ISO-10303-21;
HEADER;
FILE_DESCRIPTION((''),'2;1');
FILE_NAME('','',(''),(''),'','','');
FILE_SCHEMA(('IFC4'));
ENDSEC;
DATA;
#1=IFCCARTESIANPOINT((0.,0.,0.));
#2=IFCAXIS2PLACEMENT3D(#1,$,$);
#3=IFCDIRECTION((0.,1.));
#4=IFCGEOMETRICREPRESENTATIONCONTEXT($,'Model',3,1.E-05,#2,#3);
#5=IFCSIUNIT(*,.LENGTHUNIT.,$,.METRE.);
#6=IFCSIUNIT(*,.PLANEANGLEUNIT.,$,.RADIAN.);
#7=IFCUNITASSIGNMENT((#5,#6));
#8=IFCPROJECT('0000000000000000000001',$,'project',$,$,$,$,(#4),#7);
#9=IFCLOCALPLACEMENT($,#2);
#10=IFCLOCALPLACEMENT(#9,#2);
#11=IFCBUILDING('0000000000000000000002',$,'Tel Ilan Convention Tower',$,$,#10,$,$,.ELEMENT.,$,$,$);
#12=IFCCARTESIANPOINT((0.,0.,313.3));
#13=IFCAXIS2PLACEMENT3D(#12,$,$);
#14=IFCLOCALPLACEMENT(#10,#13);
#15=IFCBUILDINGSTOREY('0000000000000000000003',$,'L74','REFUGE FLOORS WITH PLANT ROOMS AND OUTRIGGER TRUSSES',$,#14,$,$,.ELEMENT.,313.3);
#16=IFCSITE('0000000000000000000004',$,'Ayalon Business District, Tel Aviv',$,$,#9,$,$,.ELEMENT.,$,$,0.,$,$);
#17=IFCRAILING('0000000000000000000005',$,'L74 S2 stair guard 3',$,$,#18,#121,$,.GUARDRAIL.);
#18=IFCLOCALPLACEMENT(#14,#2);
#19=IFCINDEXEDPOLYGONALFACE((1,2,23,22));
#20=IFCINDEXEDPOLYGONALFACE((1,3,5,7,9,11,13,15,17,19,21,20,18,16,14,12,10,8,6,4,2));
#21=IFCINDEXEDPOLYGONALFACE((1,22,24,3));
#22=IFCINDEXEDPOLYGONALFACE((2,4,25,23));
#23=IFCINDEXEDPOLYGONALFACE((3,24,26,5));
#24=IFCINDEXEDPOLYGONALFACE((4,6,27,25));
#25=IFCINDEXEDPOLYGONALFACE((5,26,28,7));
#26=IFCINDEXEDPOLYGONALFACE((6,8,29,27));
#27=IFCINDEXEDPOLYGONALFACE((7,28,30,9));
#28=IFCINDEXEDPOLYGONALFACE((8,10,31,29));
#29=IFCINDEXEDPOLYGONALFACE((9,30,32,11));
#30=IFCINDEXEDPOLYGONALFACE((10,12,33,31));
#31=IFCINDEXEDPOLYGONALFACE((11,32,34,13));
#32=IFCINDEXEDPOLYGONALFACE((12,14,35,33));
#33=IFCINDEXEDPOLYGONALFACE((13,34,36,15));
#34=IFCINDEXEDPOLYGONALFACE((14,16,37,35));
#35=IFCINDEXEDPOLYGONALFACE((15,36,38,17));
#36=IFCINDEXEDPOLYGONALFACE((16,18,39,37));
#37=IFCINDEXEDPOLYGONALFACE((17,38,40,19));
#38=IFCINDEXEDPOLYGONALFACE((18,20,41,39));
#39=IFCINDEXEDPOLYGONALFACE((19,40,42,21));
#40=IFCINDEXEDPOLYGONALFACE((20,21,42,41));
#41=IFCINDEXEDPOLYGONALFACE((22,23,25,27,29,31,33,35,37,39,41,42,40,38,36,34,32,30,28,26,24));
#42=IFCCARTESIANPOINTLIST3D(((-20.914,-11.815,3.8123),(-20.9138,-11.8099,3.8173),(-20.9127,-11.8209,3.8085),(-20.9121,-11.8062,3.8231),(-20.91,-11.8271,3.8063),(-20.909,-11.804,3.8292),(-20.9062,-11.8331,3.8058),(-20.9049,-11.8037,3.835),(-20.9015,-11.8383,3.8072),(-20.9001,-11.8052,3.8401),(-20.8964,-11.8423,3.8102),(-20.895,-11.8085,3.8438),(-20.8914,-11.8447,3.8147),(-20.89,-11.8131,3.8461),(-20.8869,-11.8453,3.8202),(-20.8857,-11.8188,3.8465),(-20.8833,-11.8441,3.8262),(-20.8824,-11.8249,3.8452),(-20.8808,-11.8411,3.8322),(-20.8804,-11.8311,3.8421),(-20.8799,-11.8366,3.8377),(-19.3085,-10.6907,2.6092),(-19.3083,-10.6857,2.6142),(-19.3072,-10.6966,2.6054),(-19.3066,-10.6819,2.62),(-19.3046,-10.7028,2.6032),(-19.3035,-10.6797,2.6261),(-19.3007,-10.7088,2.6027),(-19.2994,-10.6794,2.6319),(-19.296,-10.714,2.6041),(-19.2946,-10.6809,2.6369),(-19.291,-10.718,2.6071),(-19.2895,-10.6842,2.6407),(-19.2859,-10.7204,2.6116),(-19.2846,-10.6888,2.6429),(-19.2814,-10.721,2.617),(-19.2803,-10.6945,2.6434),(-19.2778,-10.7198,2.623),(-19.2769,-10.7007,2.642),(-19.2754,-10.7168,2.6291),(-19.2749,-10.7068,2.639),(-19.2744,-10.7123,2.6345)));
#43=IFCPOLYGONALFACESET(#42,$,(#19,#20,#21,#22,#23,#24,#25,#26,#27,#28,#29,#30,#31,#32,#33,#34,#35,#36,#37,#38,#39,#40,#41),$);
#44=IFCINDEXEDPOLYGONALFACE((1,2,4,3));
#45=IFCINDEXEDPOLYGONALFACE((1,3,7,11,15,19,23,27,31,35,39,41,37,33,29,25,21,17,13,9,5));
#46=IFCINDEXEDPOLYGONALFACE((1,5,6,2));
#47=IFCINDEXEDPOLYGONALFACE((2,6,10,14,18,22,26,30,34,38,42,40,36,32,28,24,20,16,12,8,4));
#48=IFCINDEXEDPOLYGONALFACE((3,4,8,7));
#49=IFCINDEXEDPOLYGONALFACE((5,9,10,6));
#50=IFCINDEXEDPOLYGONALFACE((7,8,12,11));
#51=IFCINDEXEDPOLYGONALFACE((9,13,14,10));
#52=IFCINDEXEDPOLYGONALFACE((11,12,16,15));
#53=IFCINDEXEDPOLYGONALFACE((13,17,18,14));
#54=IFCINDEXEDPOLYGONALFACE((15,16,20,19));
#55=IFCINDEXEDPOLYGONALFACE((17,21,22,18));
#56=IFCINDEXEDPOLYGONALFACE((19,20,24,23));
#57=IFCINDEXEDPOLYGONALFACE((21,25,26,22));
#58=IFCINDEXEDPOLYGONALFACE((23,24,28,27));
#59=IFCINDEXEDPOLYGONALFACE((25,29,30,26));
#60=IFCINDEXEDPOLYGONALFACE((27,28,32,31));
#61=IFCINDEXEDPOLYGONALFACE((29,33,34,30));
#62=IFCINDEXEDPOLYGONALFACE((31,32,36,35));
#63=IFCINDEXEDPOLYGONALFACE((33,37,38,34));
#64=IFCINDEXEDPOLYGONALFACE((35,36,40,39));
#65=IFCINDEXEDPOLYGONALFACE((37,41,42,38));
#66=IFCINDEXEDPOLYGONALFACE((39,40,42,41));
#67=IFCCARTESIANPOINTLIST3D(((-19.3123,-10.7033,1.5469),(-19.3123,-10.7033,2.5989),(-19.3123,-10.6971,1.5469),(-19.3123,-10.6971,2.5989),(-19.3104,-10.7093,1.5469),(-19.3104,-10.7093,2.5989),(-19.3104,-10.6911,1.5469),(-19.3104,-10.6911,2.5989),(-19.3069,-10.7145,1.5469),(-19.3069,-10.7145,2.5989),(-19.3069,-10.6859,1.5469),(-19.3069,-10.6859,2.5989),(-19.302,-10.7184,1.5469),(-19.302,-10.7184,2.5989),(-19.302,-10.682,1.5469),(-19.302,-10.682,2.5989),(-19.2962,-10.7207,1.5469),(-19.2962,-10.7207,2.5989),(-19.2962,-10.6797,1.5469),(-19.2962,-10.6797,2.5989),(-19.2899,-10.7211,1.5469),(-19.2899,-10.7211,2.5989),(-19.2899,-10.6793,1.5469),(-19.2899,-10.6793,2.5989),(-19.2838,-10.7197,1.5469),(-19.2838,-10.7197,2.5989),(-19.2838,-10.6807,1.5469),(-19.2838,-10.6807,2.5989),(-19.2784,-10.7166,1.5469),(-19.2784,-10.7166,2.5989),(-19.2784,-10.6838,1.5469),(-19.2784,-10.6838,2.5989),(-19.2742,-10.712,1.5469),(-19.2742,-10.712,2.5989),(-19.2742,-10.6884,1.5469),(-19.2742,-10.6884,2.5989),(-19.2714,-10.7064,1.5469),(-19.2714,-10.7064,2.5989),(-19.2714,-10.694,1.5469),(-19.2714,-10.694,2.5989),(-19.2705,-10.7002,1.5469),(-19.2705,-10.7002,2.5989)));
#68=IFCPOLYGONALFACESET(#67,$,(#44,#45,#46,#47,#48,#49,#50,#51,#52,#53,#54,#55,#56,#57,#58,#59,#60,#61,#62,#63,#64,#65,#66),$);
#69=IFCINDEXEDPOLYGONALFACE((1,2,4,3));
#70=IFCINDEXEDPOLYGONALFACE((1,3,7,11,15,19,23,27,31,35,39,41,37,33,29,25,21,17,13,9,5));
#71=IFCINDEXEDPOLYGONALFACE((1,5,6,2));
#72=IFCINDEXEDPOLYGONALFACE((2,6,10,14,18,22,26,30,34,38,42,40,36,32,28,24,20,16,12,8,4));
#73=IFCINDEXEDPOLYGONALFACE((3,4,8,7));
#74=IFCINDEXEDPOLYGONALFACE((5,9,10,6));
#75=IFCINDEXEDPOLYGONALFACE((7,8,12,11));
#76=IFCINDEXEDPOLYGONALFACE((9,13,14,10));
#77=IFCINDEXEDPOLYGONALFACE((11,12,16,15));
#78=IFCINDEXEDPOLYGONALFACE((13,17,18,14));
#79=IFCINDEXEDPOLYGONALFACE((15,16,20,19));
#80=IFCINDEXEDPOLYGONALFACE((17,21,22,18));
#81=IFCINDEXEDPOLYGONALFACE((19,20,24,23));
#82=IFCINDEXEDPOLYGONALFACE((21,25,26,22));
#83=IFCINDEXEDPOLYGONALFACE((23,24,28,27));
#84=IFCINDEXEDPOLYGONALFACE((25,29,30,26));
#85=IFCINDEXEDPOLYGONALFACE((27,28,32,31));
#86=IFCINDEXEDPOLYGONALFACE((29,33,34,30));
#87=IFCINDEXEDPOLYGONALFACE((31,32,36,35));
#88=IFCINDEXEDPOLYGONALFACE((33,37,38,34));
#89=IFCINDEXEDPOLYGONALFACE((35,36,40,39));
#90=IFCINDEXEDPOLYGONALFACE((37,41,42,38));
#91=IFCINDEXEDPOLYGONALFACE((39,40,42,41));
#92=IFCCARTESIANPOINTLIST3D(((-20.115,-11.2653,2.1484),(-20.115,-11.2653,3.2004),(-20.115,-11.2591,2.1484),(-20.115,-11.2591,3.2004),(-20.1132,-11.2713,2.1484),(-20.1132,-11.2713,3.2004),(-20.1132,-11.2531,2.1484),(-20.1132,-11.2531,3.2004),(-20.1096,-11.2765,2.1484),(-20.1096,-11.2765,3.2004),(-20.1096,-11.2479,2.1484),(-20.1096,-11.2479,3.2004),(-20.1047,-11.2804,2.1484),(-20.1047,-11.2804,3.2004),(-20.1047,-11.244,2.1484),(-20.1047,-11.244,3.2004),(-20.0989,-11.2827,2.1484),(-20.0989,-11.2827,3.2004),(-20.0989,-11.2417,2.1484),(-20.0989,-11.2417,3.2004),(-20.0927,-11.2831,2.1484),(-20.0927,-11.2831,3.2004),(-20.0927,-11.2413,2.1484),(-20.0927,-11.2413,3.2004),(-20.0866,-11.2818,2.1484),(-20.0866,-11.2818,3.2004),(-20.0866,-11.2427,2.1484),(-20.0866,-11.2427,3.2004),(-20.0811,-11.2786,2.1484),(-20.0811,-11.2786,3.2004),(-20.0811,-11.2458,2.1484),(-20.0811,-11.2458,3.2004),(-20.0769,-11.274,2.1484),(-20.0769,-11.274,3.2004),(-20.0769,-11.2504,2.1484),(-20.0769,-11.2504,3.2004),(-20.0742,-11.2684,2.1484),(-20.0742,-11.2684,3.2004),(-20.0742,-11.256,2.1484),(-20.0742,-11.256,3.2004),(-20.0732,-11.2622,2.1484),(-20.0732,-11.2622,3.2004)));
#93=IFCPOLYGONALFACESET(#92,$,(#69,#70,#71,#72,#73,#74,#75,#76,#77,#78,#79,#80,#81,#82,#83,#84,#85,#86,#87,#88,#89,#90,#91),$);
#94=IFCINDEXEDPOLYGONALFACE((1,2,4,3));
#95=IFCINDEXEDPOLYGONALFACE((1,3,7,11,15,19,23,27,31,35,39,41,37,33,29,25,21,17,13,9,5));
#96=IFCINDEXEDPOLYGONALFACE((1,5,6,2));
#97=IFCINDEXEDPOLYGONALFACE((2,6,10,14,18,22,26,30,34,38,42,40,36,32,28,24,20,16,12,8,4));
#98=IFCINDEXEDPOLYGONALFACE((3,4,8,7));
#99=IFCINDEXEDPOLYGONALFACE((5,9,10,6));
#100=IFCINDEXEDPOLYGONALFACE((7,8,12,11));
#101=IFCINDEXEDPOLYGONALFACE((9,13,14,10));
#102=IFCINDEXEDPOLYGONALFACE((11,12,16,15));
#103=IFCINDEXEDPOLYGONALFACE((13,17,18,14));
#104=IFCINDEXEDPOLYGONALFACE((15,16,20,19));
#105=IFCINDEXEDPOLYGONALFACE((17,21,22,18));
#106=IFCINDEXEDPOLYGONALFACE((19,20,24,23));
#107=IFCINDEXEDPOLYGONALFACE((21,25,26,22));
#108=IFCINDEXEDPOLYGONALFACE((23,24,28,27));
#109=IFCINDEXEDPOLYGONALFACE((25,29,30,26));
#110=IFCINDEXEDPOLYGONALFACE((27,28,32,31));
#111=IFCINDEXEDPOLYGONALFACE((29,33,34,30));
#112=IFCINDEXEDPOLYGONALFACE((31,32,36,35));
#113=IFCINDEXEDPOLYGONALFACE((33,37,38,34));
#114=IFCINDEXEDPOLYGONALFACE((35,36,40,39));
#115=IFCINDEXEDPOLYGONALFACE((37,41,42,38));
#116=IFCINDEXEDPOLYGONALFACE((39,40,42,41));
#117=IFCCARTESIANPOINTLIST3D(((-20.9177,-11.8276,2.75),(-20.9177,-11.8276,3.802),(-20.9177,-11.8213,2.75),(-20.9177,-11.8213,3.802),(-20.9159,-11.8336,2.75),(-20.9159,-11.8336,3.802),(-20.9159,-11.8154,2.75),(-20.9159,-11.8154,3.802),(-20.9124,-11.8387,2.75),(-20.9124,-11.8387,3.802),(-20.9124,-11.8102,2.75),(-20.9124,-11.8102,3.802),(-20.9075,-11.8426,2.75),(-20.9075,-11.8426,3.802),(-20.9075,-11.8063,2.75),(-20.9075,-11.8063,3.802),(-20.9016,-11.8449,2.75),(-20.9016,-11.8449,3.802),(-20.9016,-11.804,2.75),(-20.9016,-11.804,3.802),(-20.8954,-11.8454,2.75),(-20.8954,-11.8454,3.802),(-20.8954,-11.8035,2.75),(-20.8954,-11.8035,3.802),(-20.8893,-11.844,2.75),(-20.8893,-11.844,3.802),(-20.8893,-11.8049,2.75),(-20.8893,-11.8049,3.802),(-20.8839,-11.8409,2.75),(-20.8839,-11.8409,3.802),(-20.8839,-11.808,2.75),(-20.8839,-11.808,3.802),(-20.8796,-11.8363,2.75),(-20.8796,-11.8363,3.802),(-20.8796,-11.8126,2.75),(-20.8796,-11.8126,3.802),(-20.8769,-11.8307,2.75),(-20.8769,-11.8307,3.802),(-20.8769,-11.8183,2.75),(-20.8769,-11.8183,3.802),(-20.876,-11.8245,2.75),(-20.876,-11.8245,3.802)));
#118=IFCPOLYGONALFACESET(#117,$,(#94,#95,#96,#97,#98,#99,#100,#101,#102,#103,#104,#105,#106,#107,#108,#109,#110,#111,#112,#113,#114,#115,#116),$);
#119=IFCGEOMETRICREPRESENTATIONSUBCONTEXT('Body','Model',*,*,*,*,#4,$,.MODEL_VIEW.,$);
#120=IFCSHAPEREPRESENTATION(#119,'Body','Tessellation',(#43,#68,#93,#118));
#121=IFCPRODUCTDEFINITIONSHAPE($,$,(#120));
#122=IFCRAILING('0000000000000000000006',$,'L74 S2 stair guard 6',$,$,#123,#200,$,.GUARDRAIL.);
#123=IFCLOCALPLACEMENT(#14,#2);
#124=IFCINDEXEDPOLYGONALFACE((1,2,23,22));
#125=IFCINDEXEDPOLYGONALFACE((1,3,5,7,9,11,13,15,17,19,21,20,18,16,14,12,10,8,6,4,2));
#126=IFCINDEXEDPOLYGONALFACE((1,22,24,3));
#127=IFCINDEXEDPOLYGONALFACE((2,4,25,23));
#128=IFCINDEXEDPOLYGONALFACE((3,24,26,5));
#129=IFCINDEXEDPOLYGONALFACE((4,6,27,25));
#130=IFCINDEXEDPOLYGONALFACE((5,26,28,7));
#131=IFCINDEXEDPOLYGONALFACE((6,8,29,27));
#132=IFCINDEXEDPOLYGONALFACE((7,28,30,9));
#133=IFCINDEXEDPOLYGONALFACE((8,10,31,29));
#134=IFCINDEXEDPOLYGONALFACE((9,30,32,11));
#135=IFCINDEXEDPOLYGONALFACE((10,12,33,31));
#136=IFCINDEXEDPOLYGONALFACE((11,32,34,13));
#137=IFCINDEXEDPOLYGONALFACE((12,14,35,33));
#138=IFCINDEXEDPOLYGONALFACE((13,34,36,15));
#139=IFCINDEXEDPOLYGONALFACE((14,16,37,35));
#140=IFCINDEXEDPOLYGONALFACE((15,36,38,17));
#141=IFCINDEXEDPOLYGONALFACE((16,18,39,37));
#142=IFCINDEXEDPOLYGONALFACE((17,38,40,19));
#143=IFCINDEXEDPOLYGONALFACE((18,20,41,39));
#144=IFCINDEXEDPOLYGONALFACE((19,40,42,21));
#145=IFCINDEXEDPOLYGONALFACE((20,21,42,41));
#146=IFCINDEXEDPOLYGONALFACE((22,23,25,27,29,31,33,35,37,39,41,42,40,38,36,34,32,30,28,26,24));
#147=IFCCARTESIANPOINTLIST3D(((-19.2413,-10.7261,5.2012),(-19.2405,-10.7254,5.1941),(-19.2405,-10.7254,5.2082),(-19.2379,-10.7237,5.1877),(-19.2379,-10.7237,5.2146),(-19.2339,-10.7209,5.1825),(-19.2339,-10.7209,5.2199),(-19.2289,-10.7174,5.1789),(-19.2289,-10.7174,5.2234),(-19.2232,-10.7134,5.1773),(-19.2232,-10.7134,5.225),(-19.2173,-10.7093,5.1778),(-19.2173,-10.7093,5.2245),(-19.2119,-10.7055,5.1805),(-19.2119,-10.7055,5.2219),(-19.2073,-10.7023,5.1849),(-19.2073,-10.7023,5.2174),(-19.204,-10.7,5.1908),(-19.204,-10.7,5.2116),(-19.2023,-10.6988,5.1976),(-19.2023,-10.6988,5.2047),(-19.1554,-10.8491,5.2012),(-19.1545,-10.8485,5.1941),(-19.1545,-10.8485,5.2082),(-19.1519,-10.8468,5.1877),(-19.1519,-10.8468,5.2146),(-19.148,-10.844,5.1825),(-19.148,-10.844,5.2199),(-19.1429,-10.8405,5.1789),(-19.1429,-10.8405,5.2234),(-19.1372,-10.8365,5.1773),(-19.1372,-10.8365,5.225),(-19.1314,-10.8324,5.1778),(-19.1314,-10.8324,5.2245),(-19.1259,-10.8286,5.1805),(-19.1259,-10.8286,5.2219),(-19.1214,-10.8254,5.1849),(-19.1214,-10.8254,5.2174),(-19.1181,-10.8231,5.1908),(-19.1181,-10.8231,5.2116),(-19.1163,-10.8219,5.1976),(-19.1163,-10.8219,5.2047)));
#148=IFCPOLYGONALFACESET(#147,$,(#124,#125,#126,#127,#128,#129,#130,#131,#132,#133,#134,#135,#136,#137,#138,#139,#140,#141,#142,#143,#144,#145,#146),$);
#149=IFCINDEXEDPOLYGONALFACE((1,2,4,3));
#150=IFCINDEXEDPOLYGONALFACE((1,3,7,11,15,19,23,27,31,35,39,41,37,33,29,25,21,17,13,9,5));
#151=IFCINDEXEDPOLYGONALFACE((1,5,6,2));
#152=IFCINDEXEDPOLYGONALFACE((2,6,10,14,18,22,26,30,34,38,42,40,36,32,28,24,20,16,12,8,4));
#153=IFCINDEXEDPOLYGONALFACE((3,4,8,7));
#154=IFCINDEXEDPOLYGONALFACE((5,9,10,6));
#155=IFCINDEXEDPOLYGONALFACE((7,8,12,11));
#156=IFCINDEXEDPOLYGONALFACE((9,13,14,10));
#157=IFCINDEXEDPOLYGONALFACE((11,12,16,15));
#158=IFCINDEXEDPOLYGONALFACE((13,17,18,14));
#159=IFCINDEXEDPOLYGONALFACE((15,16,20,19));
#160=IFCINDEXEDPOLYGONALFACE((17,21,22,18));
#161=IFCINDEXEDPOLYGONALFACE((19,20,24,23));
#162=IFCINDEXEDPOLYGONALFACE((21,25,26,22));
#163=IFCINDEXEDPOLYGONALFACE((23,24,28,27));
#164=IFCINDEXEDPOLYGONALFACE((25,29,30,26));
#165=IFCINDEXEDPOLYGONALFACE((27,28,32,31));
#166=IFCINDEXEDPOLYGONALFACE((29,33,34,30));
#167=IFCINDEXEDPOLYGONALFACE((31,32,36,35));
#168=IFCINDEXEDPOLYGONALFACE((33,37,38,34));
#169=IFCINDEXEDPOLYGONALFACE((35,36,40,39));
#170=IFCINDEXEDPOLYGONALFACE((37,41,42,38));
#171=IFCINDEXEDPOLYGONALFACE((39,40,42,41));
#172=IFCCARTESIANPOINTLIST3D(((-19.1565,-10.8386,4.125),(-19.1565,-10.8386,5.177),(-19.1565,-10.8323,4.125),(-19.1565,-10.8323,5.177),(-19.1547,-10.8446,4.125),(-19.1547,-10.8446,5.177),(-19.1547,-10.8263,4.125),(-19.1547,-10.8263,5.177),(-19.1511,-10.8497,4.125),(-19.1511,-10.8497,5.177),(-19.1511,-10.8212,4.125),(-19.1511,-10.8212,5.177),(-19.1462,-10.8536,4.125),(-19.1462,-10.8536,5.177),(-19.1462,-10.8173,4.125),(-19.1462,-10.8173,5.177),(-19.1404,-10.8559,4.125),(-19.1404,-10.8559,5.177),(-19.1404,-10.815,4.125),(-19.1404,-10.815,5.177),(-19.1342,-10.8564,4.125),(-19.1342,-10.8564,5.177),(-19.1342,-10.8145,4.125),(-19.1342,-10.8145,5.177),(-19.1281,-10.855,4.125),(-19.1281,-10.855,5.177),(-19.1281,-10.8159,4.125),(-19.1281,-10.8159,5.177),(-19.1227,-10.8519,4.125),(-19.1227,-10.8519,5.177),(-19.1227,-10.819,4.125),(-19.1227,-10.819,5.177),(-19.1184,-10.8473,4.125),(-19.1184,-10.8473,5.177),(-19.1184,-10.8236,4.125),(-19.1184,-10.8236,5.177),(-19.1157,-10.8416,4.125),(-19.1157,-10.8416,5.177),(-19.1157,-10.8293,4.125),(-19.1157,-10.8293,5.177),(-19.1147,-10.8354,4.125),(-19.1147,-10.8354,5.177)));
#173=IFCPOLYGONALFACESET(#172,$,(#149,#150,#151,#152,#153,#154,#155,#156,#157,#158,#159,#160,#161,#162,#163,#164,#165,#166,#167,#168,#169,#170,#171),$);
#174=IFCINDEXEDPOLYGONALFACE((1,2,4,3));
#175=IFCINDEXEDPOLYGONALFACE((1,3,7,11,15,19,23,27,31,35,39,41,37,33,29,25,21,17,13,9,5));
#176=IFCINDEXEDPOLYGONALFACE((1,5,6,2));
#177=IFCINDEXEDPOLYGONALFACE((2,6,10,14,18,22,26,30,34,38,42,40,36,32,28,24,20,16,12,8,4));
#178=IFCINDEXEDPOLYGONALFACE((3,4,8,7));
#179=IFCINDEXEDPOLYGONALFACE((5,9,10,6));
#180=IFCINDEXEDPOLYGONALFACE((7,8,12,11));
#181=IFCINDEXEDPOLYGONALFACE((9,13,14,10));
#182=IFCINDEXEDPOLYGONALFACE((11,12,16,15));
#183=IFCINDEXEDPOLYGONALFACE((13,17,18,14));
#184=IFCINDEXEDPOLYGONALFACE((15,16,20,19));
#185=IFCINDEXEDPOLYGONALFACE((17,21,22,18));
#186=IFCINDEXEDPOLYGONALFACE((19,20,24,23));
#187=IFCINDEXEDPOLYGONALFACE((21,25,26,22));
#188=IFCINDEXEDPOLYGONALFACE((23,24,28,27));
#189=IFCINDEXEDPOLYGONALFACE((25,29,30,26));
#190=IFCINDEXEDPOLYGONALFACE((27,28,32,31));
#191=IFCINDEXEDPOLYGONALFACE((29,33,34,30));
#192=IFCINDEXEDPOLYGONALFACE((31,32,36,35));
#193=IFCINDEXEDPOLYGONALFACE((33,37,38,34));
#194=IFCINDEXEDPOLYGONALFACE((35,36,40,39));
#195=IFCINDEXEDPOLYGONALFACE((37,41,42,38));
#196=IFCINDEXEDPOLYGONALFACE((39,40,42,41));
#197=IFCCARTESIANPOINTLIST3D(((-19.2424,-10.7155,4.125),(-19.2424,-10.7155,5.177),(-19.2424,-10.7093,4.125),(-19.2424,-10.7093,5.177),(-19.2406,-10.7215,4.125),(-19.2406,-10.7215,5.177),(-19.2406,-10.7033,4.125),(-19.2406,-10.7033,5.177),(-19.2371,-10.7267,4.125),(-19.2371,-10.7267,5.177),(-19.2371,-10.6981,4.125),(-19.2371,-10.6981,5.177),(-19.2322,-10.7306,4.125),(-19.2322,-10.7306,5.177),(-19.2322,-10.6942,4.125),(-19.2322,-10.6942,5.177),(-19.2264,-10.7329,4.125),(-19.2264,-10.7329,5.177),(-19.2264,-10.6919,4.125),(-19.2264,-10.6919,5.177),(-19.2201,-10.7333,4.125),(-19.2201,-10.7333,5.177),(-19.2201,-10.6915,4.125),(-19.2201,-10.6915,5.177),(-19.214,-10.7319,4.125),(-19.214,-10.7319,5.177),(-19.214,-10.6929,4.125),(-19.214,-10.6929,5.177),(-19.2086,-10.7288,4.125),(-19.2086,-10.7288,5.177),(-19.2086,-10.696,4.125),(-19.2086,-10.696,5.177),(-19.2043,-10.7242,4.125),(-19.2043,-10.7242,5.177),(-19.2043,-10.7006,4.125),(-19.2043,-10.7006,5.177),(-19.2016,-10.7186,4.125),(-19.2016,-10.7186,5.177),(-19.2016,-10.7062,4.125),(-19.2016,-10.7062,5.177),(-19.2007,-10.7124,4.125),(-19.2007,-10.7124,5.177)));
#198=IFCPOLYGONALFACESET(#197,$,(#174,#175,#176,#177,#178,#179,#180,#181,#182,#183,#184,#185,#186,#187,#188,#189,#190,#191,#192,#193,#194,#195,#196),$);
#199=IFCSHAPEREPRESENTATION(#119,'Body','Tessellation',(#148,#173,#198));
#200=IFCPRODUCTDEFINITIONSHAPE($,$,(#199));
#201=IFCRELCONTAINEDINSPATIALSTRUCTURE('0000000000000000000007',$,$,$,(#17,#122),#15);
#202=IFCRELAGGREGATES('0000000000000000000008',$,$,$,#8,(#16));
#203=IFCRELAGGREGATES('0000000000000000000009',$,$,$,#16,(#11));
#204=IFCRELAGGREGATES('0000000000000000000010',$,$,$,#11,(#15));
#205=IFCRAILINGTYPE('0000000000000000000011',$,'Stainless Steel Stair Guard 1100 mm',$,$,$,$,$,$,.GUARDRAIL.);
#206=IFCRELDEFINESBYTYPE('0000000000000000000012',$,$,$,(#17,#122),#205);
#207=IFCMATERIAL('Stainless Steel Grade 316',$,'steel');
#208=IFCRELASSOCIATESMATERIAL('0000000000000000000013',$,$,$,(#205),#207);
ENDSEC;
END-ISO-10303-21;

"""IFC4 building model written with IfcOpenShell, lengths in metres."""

from ifc_helpers import new_model, si_unit, direction, frame, origin, origin_2d, place, context, subcontext, project, spatial, circle, extrude, material, type_object, element, save


model = new_model("IFC4")

# Units and contexts
model_context = context("Model", 3, precision=1e-05, world=origin(), true_north=direction((0.0, 1.0)))
body_context = subcontext(model_context, "Body", "Model", "MODEL_VIEW")
ifc_project = project(units=[si_unit("LENGTHUNIT", "METRE"), si_unit("PLANEANGLEUNIT", "RADIAN")], contexts=[model_context])

# Site, building, storey
site_placement = place(None, origin())
site = spatial("IfcSite", under=ifc_project, at=site_placement, Name="Ayalon Business District, Tel Aviv", CompositionType="ELEMENT", RefElevation=0.0)
building_placement = place(site_placement, origin())
building = spatial("IfcBuilding", under=site, at=building_placement, Name="Tel Ilan Convention Tower", CompositionType="ELEMENT")
storey_placement = place(building_placement, frame((0.0, 0.0, 313.3)))
storey = spatial("IfcBuildingStorey", under=building, at=storey_placement, Name="L74", Description="REFUGE FLOORS WITH PLANT ROOMS AND OUTRIGGER TRUSSES", CompositionType="ELEMENT", Elevation=313.3)

# Railings
ifc_material_1 = material(Name="Stainless Steel Grade 316", Category="steel")
railing_type_1 = type_object("IfcRailingType", Name="Stainless Steel Stair Guard 1100 mm", PredefinedType="GUARDRAIL", material=ifc_material_1)
railing_1_placement = place(storey_placement, frame((-19.2915, -10.7002, 1.5469)))
element("IfcRailing", 1, at=railing_1_placement, inside=storey, type_object=railing_type_1, Name="L74 S2 stair guard 3", PredefinedType="GUARDRAIL", context=body_context, shape_type="SweptSolid", body=[
    extrude(circle(Radius=0.0239, at=origin_2d()), frame((0.0, 0.0, 1.0762), z_axis=(-0.698095, -0.488857, 0.523146), x_axis=(0.573613, -0.819127, 0.0)), (0.0, 0.0, 1.0), 2.2998),
    extrude(circle(Radius=0.021, at=origin_2d()), origin(), (0.0, 0.0, 1.0), 1.052),
    extrude(circle(Radius=0.021, at=origin_2d()), frame((-0.8027, -0.562, 0.6016)), (0.0, 0.0, 1.0), 1.052),
    extrude(circle(Radius=0.021, at=origin_2d()), frame((-1.6055, -1.1243, 1.2031)), (0.0, 0.0, 1.0), 1.052),
])
railing_2_placement = place(storey_placement, frame((-19.1357, -10.8354, 4.125)))
element("IfcRailing", 2, at=railing_2_placement, inside=storey, type_object=railing_type_1, Name="L74 S2 stair guard 6", PredefinedType="GUARDRAIL", context=body_context, shape_type="SweptSolid", body=[
    extrude(circle(Radius=0.0239, at=origin_2d()), frame((0.0, 0.0, 1.0762), z_axis=(-0.572589, 0.819843, 0.0), x_axis=(-0.819843, -0.572589, 0.0)), (0.0, 0.0, 1.0), 0.1501),
    extrude(circle(Radius=0.021, at=origin_2d()), origin(), (0.0, 0.0, 1.0), 1.052),
    extrude(circle(Radius=0.021, at=origin_2d()), frame((-0.0859, 0.123, 0.0)), (0.0, 0.0, 1.0), 1.052),
])

save(model, "model.ifc")
